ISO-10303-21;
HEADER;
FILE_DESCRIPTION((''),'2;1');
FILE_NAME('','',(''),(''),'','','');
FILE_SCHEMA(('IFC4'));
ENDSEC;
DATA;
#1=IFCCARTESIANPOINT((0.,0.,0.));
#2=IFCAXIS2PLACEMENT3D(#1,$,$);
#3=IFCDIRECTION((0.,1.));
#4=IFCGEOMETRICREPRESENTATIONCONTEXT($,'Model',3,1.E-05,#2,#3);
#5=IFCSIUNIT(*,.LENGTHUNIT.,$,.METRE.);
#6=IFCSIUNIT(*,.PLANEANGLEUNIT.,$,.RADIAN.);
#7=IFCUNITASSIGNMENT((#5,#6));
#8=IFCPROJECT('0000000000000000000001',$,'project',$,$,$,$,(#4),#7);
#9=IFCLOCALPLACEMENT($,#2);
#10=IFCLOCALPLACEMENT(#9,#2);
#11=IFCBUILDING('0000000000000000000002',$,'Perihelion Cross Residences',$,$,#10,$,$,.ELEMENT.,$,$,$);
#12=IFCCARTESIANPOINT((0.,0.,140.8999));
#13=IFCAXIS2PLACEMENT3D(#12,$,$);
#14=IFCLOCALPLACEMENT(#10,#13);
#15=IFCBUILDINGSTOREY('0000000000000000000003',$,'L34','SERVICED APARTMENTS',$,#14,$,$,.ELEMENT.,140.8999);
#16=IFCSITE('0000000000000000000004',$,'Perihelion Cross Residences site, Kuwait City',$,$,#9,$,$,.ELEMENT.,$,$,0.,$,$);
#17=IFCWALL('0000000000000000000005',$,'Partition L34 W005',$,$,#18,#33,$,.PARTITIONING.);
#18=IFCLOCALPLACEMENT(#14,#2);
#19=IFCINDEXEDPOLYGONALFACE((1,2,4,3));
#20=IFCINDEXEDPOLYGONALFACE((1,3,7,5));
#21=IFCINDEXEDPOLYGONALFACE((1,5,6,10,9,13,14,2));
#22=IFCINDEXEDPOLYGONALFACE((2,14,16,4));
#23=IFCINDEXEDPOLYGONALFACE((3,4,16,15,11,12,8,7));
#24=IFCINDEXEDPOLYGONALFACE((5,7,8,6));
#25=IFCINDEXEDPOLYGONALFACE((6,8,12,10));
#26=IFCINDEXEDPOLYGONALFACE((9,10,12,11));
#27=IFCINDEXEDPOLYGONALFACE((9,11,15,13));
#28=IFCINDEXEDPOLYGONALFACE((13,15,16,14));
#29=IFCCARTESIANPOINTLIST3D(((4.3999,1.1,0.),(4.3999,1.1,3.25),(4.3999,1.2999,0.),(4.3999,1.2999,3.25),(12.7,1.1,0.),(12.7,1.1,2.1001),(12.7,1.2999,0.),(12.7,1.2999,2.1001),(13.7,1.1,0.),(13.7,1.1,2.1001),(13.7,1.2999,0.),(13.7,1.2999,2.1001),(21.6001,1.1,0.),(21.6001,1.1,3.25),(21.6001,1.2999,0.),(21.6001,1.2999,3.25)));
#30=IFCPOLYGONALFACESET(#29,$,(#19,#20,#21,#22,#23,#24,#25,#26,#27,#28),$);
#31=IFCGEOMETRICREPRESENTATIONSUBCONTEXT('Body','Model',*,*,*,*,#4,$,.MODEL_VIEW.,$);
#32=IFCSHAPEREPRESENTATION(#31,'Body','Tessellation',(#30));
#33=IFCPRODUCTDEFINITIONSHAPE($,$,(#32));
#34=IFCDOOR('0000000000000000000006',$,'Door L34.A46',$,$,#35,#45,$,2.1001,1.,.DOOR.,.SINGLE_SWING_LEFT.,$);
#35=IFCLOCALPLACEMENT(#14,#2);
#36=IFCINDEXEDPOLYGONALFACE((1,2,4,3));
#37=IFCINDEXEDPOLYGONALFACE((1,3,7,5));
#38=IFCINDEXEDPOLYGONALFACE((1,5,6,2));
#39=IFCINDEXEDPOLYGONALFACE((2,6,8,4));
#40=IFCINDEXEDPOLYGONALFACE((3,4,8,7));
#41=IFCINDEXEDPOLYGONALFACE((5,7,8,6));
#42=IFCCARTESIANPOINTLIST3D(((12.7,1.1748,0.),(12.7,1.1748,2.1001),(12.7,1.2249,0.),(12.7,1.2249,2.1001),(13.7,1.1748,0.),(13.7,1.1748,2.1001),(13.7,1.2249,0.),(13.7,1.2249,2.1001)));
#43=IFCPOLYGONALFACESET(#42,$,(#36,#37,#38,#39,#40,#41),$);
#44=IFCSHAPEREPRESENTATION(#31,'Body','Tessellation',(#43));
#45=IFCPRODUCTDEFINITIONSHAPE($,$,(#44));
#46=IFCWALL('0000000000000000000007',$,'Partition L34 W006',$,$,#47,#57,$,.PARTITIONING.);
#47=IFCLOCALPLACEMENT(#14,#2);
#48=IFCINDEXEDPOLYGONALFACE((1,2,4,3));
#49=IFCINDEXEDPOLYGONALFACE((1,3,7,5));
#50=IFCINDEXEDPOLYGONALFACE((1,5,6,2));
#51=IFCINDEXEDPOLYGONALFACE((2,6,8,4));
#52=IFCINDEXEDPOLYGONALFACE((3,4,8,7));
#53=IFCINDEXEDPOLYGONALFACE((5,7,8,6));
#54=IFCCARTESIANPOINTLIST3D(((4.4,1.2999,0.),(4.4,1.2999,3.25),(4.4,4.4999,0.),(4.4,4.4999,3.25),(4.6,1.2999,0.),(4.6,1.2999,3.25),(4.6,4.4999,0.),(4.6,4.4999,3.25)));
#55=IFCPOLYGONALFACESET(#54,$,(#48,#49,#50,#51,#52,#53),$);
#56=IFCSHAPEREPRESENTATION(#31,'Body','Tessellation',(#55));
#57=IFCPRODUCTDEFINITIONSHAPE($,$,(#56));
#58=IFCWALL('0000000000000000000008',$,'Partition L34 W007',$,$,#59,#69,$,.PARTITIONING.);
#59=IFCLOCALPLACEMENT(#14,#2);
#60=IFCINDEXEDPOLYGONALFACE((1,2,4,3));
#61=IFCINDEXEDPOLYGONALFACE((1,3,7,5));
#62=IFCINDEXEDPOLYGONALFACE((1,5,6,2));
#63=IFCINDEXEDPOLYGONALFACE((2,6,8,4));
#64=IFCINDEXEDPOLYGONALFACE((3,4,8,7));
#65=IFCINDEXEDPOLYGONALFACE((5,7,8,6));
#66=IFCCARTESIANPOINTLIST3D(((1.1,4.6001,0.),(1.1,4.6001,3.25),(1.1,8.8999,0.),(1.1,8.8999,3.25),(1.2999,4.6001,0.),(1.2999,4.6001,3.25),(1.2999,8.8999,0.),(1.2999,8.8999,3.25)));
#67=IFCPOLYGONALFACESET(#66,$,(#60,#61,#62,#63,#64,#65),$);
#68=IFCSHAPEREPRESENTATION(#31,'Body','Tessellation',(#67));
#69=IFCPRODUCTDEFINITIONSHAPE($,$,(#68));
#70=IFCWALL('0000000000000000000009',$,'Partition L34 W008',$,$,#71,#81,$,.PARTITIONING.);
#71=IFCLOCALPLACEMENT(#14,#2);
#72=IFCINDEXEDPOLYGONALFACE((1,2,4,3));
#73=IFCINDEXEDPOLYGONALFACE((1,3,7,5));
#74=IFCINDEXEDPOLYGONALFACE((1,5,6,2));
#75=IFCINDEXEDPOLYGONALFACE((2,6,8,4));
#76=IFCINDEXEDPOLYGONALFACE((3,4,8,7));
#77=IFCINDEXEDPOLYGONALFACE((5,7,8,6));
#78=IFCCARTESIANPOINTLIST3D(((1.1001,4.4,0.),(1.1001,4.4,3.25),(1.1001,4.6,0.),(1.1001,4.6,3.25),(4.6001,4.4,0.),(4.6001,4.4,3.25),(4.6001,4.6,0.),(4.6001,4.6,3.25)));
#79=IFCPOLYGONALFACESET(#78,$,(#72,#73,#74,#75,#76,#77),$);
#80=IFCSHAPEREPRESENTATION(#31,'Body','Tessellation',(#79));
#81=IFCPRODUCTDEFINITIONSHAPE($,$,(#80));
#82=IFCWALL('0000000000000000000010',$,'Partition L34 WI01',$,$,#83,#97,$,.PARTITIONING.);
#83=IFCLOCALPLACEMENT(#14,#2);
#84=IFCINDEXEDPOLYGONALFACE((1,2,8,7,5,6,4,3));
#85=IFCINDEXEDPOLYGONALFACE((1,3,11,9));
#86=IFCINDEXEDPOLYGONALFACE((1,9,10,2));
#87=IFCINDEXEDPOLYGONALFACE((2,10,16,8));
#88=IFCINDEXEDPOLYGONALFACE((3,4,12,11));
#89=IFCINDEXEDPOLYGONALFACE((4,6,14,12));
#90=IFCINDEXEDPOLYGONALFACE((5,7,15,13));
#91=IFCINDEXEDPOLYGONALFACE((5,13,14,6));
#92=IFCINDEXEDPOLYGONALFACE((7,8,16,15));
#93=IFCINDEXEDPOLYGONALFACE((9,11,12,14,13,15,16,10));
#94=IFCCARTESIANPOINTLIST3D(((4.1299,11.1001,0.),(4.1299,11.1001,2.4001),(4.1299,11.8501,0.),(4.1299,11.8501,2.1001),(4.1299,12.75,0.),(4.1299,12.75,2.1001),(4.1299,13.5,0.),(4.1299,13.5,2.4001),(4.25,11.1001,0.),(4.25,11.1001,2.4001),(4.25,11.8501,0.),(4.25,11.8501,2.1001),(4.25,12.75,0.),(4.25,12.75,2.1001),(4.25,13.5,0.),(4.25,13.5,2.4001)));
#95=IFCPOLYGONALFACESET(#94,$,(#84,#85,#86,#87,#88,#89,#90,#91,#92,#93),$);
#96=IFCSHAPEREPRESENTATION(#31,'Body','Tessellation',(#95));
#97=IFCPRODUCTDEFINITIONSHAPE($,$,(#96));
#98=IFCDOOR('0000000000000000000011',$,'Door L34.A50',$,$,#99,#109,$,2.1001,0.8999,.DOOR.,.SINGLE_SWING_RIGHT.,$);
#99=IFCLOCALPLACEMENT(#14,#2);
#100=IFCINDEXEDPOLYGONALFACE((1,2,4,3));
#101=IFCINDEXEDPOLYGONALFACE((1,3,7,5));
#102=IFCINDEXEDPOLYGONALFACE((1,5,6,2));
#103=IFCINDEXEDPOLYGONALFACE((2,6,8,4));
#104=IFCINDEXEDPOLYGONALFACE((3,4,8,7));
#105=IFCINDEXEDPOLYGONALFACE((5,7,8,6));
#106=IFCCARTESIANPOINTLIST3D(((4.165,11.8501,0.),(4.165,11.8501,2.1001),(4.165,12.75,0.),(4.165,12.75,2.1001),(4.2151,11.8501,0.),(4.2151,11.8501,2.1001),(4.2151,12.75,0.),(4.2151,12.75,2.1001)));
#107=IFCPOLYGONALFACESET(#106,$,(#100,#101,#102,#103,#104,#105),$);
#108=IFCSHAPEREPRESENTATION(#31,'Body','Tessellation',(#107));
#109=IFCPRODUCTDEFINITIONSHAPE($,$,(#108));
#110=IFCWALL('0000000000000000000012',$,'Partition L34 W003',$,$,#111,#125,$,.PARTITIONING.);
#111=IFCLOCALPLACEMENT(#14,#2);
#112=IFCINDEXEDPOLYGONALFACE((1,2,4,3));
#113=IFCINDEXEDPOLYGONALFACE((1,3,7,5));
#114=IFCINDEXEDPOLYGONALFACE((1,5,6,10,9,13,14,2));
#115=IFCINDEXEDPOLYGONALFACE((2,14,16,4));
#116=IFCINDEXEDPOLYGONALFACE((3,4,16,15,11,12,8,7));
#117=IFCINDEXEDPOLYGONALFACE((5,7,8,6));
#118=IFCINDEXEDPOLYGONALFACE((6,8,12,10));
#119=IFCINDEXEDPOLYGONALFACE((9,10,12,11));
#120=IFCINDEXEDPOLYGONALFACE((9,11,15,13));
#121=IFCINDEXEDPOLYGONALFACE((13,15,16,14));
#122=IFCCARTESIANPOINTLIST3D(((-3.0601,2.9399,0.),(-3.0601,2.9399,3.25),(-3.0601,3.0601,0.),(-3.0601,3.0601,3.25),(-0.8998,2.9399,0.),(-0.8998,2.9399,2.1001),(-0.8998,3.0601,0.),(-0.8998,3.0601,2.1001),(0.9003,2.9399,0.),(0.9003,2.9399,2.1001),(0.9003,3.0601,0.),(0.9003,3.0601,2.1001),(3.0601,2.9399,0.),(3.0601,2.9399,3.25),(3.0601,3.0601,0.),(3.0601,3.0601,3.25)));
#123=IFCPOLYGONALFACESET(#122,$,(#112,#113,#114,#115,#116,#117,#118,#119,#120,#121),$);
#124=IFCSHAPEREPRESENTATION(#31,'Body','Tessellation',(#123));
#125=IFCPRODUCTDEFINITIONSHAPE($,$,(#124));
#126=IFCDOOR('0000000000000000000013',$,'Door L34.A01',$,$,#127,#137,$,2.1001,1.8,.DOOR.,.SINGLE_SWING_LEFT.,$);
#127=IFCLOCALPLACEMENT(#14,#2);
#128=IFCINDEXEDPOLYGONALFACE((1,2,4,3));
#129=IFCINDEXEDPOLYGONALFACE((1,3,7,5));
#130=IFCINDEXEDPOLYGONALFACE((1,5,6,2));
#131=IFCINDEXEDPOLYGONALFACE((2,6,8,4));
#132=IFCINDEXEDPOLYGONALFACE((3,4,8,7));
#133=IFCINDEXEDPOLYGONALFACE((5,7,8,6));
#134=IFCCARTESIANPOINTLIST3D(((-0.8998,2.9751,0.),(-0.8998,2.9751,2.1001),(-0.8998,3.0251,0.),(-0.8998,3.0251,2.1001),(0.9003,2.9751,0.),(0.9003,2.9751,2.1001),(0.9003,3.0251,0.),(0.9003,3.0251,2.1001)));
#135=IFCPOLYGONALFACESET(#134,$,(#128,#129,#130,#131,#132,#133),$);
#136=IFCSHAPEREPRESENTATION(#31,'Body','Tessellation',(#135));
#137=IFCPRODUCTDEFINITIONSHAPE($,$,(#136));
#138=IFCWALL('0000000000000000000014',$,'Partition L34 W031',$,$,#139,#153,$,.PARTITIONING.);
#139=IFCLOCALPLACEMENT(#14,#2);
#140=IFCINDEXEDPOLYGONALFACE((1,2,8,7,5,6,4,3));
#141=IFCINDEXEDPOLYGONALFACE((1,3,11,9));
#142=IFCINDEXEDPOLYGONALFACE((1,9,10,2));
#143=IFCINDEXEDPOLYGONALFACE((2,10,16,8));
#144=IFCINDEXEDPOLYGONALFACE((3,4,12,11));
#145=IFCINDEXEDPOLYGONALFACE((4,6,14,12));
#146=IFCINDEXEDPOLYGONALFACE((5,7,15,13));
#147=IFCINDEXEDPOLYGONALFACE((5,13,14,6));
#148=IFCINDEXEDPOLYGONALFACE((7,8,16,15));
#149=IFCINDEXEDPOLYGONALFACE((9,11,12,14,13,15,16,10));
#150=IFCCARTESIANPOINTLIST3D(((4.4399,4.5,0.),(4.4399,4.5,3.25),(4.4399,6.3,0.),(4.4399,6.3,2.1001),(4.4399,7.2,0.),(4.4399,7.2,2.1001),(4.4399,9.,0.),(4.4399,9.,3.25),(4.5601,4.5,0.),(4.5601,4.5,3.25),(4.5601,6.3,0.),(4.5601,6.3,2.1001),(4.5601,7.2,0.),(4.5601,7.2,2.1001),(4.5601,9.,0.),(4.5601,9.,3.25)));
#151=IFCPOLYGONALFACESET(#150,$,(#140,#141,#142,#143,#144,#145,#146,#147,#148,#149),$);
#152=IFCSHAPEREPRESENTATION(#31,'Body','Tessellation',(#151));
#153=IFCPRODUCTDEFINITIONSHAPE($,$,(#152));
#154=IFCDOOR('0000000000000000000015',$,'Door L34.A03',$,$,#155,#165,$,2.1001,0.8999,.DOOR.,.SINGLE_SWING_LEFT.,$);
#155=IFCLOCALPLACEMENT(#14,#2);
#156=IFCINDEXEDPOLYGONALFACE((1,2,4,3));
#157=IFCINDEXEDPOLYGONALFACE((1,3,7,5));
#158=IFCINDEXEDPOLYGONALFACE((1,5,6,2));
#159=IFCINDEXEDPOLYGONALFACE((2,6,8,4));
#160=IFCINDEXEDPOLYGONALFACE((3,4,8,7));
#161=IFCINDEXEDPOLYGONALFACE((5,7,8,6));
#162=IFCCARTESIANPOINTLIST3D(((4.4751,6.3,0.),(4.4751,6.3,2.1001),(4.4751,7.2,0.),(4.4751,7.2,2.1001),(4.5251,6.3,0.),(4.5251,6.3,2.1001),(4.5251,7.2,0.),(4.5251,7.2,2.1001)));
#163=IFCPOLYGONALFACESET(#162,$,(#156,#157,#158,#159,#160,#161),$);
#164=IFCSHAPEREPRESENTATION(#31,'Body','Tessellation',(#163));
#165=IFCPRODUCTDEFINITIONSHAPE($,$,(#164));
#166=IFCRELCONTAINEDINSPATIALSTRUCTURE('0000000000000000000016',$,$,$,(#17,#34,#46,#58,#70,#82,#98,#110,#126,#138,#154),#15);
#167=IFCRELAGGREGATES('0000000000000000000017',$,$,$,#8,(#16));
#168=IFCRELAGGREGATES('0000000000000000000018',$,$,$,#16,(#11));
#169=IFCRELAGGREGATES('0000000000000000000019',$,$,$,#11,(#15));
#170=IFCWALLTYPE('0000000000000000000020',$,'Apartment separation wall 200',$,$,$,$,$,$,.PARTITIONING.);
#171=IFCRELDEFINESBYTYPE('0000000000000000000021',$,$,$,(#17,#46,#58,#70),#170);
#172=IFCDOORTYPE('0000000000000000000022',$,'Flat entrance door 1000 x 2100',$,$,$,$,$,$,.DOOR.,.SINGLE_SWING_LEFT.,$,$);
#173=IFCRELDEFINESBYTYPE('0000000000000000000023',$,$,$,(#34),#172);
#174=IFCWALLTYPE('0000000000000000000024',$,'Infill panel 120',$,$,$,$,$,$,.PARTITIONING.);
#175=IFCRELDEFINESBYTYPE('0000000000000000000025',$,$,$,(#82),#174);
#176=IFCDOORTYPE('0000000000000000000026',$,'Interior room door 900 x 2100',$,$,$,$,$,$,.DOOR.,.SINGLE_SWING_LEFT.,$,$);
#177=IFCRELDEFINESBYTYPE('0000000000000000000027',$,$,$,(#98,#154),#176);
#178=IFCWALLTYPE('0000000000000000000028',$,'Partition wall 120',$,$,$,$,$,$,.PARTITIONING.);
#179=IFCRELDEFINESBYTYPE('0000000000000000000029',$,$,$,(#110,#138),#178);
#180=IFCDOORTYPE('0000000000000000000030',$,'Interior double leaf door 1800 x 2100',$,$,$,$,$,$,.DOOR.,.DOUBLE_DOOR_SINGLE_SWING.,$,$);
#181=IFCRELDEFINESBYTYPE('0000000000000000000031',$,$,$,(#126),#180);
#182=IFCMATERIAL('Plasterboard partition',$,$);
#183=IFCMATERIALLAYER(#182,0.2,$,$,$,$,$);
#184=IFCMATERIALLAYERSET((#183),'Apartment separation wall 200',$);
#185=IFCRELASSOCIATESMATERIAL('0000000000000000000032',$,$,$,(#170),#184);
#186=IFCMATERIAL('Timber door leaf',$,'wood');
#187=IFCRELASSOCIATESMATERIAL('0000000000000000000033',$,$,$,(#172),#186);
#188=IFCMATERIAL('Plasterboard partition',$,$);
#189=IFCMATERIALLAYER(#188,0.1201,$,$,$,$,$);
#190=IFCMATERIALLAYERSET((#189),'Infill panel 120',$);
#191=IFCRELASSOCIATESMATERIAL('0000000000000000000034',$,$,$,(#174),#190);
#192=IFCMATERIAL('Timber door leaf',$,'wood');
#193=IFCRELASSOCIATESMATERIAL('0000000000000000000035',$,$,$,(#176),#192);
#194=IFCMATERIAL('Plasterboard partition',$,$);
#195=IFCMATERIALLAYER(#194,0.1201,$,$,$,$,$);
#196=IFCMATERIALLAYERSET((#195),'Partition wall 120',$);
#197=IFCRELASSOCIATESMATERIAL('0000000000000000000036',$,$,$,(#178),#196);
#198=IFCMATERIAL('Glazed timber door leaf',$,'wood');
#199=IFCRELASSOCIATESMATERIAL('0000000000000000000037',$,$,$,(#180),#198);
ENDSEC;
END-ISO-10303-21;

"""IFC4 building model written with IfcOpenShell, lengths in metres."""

from ifc_helpers import new_model, si_unit, direction, frame, frame_2d, origin, place, context, subcontext, project, spatial, rectangle, extrude, material, layer, layer_set, type_object, element, fill, save


model = new_model("IFC4")

# Units and contexts
model_context = context("Model", 3, precision=1e-05, world=origin(), true_north=direction((0.0, 1.0)))
body_context = subcontext(model_context, "Body", "Model", "MODEL_VIEW")
ifc_project = project(units=[si_unit("LENGTHUNIT", "METRE"), si_unit("PLANEANGLEUNIT", "RADIAN")], contexts=[model_context])

# Site, building, storey
site_placement = place(None, origin())
site = spatial("IfcSite", under=ifc_project, at=site_placement, Name="Perihelion Cross Residences site, Kuwait City", CompositionType="ELEMENT", RefElevation=0.0)
building_placement = place(site_placement, origin())
building = spatial("IfcBuilding", under=site, at=building_placement, Name="Perihelion Cross Residences", CompositionType="ELEMENT")
storey_placement = place(building_placement, frame((0.0, 0.0, 140.8999)))
storey = spatial("IfcBuildingStorey", under=building, at=storey_placement, Name="L34", Description="SERVICED APARTMENTS", CompositionType="ELEMENT", Elevation=140.8999)

# Wall, opening, door
ifc_material_1 = material(Name="Plasterboard partition")
ifc_layer_1 = layer(ifc_material_1, 0.2)
ifc_layer_set_1 = layer_set([ifc_layer_1], Name="Apartment separation wall 200")
wall_type_1 = type_object("IfcWallType", Name="Apartment separation wall 200", PredefinedType="PARTITIONING", material=ifc_layer_set_1)
wall_1_placement = place(storey_placement, frame((4.3999, 1.2, 0.0), z_axis=(0.0, 0.0, 1.0), x_axis=(1.0, 0.0, 0.0)))
wall_1 = element("IfcWall", 1, at=wall_1_placement, inside=storey, type_object=wall_type_1, Name="Partition L34 W005", PredefinedType="PARTITIONING", context=body_context, shape_type="SweptSolid", body=[
    extrude(rectangle(XDim=17.2002, YDim=0.2, at=frame_2d((8.6001, 0.0))), origin(), (0.0, 0.0, 1.0), 3.25),
])
opening_1_placement = place(wall_1_placement, frame((8.3, 0.0, 0.0)))
opening_1 = element("IfcOpeningElement", 2, at=opening_1_placement, cuts=wall_1, PredefinedType="OPENING", context=body_context, shape_type="SweptSolid", body=[
    extrude(rectangle(XDim=1.0, YDim=2.1001, at=frame_2d((0.5, 1.05))), frame((0.0, 0.1099, 0.0), z_axis=(0.0, -1.0, 0.0), x_axis=(1.0, 0.0, 0.0)), (0.0, 0.0, 1.0), 0.22),
])
ifc_material_2 = material(Name="Timber door leaf", Category="wood")
door_type_1 = type_object("IfcDoorType", Name="Flat entrance door 1000 x 2100", OperationType="SINGLE_SWING_LEFT", PredefinedType="DOOR", material=ifc_material_2)
door_1_placement = place(opening_1_placement, origin())
door_1 = element("IfcDoor", 3, at=door_1_placement, inside=storey, type_object=door_type_1, Name="Door L34.A46", OperationType="SINGLE_SWING_LEFT", OverallHeight=2.1001, OverallWidth=1.0, PredefinedType="DOOR", context=body_context, shape_type="SweptSolid", body=[
    extrude(rectangle(XDim=1.0, YDim=2.1001, at=frame_2d((0.5, 1.05))), frame((0.0, 0.0249, 0.0), z_axis=(0.0, -1.0, 0.0), x_axis=(1.0, 0.0, 0.0)), (0.0, 0.0, 1.0), 0.05),
])
fill(opening_1, door_1)

# Walls
wall_2_placement = place(storey_placement, frame((4.5, 4.5, 0.0), z_axis=(0.0, 0.0, 1.0), x_axis=(0.0, -1.0, 0.0)))
element("IfcWall", 4, at=wall_2_placement, inside=storey, type_object=wall_type_1, Name="Partition L34 W006", PredefinedType="PARTITIONING", context=body_context, shape_type="SweptSolid", body=[
    extrude(rectangle(XDim=3.2, YDim=0.2, at=frame_2d((1.6001, 0.0))), origin(), (0.0, 0.0, 1.0), 3.25),
])
wall_3_placement = place(storey_placement, frame((1.2, 8.8999, 0.0), z_axis=(0.0, 0.0, 1.0), x_axis=(0.0, -1.0, 0.0)))
element("IfcWall", 5, at=wall_3_placement, inside=storey, type_object=wall_type_1, Name="Partition L34 W007", PredefinedType="PARTITIONING", context=body_context, shape_type="SweptSolid", body=[
    extrude(rectangle(XDim=4.2998, YDim=0.2, at=frame_2d((2.1499, 0.0))), origin(), (0.0, 0.0, 1.0), 3.25),
])
wall_4_placement = place(storey_placement, frame((1.1001, 4.5, 0.0), z_axis=(0.0, 0.0, 1.0), x_axis=(1.0, 0.0, 0.0)))
element("IfcWall", 6, at=wall_4_placement, inside=storey, type_object=wall_type_1, Name="Partition L34 W008", PredefinedType="PARTITIONING", context=body_context, shape_type="SweptSolid", body=[
    extrude(rectangle(XDim=3.5, YDim=0.2, at=frame_2d((1.75, 0.0))), origin(), (0.0, 0.0, 1.0), 3.25),
])

# Walls, openings, doors
ifc_material_3 = material(Name="Plasterboard partition")
ifc_layer_2 = layer(ifc_material_3, 0.1201)
ifc_layer_set_2 = layer_set([ifc_layer_2], Name="Infill panel 120")
wall_type_2 = type_object("IfcWallType", Name="Infill panel 120", PredefinedType="PARTITIONING", material=ifc_layer_set_2)
wall_5_placement = place(storey_placement, frame((4.1899, 11.1001, 0.0), z_axis=(0.0, 0.0, 1.0), x_axis=(0.0, 1.0, 0.0)))
wall_5 = element("IfcWall", 7, at=wall_5_placement, inside=storey, type_object=wall_type_2, Name="Partition L34 WI01", PredefinedType="PARTITIONING", context=body_context, shape_type="SweptSolid", body=[
    extrude(rectangle(XDim=2.3999, YDim=0.1201, at=frame_2d((1.2, 0.0))), origin(), (0.0, 0.0, 1.0), 2.4001),
])
opening_2_placement = place(wall_5_placement, frame((0.75, 0.0, 0.0)))
opening_2 = element("IfcOpeningElement", 8, at=opening_2_placement, cuts=wall_5, PredefinedType="OPENING", context=body_context, shape_type="SweptSolid", body=[
    extrude(rectangle(XDim=0.8999, YDim=2.1001, at=frame_2d((0.45, 1.05))), frame((0.0, 0.0701, 0.0), z_axis=(0.0, -1.0, 0.0), x_axis=(1.0, 0.0, 0.0)), (0.0, 0.0, 1.0), 0.1401),
])
ifc_material_4 = material(Name="Timber door leaf", Category="wood")
door_type_2 = type_object("IfcDoorType", Name="Interior room door 900 x 2100", OperationType="SINGLE_SWING_LEFT", PredefinedType="DOOR", material=ifc_material_4)
door_2_placement = place(opening_2_placement, origin())
door_2 = element("IfcDoor", 9, at=door_2_placement, inside=storey, type_object=door_type_2, Name="Door L34.A50", OperationType="SINGLE_SWING_RIGHT", OverallHeight=2.1001, OverallWidth=0.8999, PredefinedType="DOOR", context=body_context, shape_type="SweptSolid", body=[
    extrude(rectangle(XDim=0.8999, YDim=2.1001, at=frame_2d((0.45, 1.05))), frame((0.0, 0.0249, 0.0), z_axis=(0.0, -1.0, 0.0), x_axis=(1.0, 0.0, 0.0)), (0.0, 0.0, 1.0), 0.05),
])
fill(opening_2, door_2)
ifc_material_5 = material(Name="Plasterboard partition")
ifc_layer_3 = layer(ifc_material_5, 0.1201)
ifc_layer_set_3 = layer_set([ifc_layer_3], Name="Partition wall 120")
wall_type_3 = type_object("IfcWallType", Name="Partition wall 120", PredefinedType="PARTITIONING", material=ifc_layer_set_3)
wall_6_placement = place(storey_placement, frame((3.0601, 3.0, 0.0), z_axis=(0.0, 0.0, 1.0), x_axis=(-1.0, 0.0, 0.0)))
wall_6 = element("IfcWall", 10, at=wall_6_placement, inside=storey, type_object=wall_type_3, Name="Partition L34 W003", PredefinedType="PARTITIONING", context=body_context, shape_type="SweptSolid", body=[
    extrude(rectangle(XDim=6.1201, YDim=0.1201, at=frame_2d((3.0601, 0.0))), origin(), (0.0, 0.0, 1.0), 3.25),
])
opening_3_placement = place(wall_6_placement, frame((2.1599, 0.0, 0.0)))
opening_3 = element("IfcOpeningElement", 11, at=opening_3_placement, cuts=wall_6, PredefinedType="OPENING", context=body_context, shape_type="SweptSolid", body=[
    extrude(rectangle(XDim=1.8, YDim=2.1001, at=frame_2d((0.8999, 1.05))), frame((0.0, 0.0701, 0.0), z_axis=(0.0, -1.0, 0.0), x_axis=(1.0, 0.0, 0.0)), (0.0, 0.0, 1.0), 0.1401),
])
ifc_material_6 = material(Name="Glazed timber door leaf", Category="wood")
door_type_3 = type_object("IfcDoorType", Name="Interior double leaf door 1800 x 2100", OperationType="DOUBLE_DOOR_SINGLE_SWING", PredefinedType="DOOR", material=ifc_material_6)
door_3_placement = place(opening_3_placement, origin())
door_3 = element("IfcDoor", 12, at=door_3_placement, inside=storey, type_object=door_type_3, Name="Door L34.A01", OperationType="SINGLE_SWING_LEFT", OverallHeight=2.1001, OverallWidth=1.8, PredefinedType="DOOR", context=body_context, shape_type="SweptSolid", body=[
    extrude(rectangle(XDim=1.8, YDim=2.1001, at=frame_2d((0.8999, 1.05))), frame((0.0, 0.0249, 0.0), z_axis=(0.0, -1.0, 0.0), x_axis=(1.0, 0.0, 0.0)), (0.0, 0.0, 1.0), 0.05),
])
fill(opening_3, door_3)
wall_7_placement = place(storey_placement, frame((4.5, 4.5, 0.0), z_axis=(0.0, 0.0, 1.0), x_axis=(0.0, 1.0, 0.0)))
wall_7 = element("IfcWall", 13, at=wall_7_placement, inside=storey, type_object=wall_type_3, Name="Partition L34 W031", PredefinedType="PARTITIONING", context=body_context, shape_type="SweptSolid", body=[
    extrude(rectangle(XDim=4.5, YDim=0.1201, at=frame_2d((2.25, 0.0))), origin(), (0.0, 0.0, 1.0), 3.25),
])
opening_4_placement = place(wall_7_placement, frame((1.8, 0.0, 0.0)))
opening_4 = element("IfcOpeningElement", 14, at=opening_4_placement, cuts=wall_7, PredefinedType="OPENING", context=body_context, shape_type="SweptSolid", body=[
    extrude(rectangle(XDim=0.8999, YDim=2.1001, at=frame_2d((0.45, 1.05))), frame((0.0, 0.0701, 0.0), z_axis=(0.0, -1.0, 0.0), x_axis=(1.0, 0.0, 0.0)), (0.0, 0.0, 1.0), 0.1401),
])
door_4_placement = place(opening_4_placement, origin())
door_4 = element("IfcDoor", 15, at=door_4_placement, inside=storey, type_object=door_type_2, Name="Door L34.A03", OperationType="SINGLE_SWING_LEFT", OverallHeight=2.1001, OverallWidth=0.8999, PredefinedType="DOOR", context=body_context, shape_type="SweptSolid", body=[
    extrude(rectangle(XDim=0.8999, YDim=2.1001, at=frame_2d((0.45, 1.05))), frame((0.0, 0.0249, 0.0), z_axis=(0.0, -1.0, 0.0), x_axis=(1.0, 0.0, 0.0)), (0.0, 0.0, 1.0), 0.05),
])
fill(opening_4, door_4)

save(model, "model.ifc")
